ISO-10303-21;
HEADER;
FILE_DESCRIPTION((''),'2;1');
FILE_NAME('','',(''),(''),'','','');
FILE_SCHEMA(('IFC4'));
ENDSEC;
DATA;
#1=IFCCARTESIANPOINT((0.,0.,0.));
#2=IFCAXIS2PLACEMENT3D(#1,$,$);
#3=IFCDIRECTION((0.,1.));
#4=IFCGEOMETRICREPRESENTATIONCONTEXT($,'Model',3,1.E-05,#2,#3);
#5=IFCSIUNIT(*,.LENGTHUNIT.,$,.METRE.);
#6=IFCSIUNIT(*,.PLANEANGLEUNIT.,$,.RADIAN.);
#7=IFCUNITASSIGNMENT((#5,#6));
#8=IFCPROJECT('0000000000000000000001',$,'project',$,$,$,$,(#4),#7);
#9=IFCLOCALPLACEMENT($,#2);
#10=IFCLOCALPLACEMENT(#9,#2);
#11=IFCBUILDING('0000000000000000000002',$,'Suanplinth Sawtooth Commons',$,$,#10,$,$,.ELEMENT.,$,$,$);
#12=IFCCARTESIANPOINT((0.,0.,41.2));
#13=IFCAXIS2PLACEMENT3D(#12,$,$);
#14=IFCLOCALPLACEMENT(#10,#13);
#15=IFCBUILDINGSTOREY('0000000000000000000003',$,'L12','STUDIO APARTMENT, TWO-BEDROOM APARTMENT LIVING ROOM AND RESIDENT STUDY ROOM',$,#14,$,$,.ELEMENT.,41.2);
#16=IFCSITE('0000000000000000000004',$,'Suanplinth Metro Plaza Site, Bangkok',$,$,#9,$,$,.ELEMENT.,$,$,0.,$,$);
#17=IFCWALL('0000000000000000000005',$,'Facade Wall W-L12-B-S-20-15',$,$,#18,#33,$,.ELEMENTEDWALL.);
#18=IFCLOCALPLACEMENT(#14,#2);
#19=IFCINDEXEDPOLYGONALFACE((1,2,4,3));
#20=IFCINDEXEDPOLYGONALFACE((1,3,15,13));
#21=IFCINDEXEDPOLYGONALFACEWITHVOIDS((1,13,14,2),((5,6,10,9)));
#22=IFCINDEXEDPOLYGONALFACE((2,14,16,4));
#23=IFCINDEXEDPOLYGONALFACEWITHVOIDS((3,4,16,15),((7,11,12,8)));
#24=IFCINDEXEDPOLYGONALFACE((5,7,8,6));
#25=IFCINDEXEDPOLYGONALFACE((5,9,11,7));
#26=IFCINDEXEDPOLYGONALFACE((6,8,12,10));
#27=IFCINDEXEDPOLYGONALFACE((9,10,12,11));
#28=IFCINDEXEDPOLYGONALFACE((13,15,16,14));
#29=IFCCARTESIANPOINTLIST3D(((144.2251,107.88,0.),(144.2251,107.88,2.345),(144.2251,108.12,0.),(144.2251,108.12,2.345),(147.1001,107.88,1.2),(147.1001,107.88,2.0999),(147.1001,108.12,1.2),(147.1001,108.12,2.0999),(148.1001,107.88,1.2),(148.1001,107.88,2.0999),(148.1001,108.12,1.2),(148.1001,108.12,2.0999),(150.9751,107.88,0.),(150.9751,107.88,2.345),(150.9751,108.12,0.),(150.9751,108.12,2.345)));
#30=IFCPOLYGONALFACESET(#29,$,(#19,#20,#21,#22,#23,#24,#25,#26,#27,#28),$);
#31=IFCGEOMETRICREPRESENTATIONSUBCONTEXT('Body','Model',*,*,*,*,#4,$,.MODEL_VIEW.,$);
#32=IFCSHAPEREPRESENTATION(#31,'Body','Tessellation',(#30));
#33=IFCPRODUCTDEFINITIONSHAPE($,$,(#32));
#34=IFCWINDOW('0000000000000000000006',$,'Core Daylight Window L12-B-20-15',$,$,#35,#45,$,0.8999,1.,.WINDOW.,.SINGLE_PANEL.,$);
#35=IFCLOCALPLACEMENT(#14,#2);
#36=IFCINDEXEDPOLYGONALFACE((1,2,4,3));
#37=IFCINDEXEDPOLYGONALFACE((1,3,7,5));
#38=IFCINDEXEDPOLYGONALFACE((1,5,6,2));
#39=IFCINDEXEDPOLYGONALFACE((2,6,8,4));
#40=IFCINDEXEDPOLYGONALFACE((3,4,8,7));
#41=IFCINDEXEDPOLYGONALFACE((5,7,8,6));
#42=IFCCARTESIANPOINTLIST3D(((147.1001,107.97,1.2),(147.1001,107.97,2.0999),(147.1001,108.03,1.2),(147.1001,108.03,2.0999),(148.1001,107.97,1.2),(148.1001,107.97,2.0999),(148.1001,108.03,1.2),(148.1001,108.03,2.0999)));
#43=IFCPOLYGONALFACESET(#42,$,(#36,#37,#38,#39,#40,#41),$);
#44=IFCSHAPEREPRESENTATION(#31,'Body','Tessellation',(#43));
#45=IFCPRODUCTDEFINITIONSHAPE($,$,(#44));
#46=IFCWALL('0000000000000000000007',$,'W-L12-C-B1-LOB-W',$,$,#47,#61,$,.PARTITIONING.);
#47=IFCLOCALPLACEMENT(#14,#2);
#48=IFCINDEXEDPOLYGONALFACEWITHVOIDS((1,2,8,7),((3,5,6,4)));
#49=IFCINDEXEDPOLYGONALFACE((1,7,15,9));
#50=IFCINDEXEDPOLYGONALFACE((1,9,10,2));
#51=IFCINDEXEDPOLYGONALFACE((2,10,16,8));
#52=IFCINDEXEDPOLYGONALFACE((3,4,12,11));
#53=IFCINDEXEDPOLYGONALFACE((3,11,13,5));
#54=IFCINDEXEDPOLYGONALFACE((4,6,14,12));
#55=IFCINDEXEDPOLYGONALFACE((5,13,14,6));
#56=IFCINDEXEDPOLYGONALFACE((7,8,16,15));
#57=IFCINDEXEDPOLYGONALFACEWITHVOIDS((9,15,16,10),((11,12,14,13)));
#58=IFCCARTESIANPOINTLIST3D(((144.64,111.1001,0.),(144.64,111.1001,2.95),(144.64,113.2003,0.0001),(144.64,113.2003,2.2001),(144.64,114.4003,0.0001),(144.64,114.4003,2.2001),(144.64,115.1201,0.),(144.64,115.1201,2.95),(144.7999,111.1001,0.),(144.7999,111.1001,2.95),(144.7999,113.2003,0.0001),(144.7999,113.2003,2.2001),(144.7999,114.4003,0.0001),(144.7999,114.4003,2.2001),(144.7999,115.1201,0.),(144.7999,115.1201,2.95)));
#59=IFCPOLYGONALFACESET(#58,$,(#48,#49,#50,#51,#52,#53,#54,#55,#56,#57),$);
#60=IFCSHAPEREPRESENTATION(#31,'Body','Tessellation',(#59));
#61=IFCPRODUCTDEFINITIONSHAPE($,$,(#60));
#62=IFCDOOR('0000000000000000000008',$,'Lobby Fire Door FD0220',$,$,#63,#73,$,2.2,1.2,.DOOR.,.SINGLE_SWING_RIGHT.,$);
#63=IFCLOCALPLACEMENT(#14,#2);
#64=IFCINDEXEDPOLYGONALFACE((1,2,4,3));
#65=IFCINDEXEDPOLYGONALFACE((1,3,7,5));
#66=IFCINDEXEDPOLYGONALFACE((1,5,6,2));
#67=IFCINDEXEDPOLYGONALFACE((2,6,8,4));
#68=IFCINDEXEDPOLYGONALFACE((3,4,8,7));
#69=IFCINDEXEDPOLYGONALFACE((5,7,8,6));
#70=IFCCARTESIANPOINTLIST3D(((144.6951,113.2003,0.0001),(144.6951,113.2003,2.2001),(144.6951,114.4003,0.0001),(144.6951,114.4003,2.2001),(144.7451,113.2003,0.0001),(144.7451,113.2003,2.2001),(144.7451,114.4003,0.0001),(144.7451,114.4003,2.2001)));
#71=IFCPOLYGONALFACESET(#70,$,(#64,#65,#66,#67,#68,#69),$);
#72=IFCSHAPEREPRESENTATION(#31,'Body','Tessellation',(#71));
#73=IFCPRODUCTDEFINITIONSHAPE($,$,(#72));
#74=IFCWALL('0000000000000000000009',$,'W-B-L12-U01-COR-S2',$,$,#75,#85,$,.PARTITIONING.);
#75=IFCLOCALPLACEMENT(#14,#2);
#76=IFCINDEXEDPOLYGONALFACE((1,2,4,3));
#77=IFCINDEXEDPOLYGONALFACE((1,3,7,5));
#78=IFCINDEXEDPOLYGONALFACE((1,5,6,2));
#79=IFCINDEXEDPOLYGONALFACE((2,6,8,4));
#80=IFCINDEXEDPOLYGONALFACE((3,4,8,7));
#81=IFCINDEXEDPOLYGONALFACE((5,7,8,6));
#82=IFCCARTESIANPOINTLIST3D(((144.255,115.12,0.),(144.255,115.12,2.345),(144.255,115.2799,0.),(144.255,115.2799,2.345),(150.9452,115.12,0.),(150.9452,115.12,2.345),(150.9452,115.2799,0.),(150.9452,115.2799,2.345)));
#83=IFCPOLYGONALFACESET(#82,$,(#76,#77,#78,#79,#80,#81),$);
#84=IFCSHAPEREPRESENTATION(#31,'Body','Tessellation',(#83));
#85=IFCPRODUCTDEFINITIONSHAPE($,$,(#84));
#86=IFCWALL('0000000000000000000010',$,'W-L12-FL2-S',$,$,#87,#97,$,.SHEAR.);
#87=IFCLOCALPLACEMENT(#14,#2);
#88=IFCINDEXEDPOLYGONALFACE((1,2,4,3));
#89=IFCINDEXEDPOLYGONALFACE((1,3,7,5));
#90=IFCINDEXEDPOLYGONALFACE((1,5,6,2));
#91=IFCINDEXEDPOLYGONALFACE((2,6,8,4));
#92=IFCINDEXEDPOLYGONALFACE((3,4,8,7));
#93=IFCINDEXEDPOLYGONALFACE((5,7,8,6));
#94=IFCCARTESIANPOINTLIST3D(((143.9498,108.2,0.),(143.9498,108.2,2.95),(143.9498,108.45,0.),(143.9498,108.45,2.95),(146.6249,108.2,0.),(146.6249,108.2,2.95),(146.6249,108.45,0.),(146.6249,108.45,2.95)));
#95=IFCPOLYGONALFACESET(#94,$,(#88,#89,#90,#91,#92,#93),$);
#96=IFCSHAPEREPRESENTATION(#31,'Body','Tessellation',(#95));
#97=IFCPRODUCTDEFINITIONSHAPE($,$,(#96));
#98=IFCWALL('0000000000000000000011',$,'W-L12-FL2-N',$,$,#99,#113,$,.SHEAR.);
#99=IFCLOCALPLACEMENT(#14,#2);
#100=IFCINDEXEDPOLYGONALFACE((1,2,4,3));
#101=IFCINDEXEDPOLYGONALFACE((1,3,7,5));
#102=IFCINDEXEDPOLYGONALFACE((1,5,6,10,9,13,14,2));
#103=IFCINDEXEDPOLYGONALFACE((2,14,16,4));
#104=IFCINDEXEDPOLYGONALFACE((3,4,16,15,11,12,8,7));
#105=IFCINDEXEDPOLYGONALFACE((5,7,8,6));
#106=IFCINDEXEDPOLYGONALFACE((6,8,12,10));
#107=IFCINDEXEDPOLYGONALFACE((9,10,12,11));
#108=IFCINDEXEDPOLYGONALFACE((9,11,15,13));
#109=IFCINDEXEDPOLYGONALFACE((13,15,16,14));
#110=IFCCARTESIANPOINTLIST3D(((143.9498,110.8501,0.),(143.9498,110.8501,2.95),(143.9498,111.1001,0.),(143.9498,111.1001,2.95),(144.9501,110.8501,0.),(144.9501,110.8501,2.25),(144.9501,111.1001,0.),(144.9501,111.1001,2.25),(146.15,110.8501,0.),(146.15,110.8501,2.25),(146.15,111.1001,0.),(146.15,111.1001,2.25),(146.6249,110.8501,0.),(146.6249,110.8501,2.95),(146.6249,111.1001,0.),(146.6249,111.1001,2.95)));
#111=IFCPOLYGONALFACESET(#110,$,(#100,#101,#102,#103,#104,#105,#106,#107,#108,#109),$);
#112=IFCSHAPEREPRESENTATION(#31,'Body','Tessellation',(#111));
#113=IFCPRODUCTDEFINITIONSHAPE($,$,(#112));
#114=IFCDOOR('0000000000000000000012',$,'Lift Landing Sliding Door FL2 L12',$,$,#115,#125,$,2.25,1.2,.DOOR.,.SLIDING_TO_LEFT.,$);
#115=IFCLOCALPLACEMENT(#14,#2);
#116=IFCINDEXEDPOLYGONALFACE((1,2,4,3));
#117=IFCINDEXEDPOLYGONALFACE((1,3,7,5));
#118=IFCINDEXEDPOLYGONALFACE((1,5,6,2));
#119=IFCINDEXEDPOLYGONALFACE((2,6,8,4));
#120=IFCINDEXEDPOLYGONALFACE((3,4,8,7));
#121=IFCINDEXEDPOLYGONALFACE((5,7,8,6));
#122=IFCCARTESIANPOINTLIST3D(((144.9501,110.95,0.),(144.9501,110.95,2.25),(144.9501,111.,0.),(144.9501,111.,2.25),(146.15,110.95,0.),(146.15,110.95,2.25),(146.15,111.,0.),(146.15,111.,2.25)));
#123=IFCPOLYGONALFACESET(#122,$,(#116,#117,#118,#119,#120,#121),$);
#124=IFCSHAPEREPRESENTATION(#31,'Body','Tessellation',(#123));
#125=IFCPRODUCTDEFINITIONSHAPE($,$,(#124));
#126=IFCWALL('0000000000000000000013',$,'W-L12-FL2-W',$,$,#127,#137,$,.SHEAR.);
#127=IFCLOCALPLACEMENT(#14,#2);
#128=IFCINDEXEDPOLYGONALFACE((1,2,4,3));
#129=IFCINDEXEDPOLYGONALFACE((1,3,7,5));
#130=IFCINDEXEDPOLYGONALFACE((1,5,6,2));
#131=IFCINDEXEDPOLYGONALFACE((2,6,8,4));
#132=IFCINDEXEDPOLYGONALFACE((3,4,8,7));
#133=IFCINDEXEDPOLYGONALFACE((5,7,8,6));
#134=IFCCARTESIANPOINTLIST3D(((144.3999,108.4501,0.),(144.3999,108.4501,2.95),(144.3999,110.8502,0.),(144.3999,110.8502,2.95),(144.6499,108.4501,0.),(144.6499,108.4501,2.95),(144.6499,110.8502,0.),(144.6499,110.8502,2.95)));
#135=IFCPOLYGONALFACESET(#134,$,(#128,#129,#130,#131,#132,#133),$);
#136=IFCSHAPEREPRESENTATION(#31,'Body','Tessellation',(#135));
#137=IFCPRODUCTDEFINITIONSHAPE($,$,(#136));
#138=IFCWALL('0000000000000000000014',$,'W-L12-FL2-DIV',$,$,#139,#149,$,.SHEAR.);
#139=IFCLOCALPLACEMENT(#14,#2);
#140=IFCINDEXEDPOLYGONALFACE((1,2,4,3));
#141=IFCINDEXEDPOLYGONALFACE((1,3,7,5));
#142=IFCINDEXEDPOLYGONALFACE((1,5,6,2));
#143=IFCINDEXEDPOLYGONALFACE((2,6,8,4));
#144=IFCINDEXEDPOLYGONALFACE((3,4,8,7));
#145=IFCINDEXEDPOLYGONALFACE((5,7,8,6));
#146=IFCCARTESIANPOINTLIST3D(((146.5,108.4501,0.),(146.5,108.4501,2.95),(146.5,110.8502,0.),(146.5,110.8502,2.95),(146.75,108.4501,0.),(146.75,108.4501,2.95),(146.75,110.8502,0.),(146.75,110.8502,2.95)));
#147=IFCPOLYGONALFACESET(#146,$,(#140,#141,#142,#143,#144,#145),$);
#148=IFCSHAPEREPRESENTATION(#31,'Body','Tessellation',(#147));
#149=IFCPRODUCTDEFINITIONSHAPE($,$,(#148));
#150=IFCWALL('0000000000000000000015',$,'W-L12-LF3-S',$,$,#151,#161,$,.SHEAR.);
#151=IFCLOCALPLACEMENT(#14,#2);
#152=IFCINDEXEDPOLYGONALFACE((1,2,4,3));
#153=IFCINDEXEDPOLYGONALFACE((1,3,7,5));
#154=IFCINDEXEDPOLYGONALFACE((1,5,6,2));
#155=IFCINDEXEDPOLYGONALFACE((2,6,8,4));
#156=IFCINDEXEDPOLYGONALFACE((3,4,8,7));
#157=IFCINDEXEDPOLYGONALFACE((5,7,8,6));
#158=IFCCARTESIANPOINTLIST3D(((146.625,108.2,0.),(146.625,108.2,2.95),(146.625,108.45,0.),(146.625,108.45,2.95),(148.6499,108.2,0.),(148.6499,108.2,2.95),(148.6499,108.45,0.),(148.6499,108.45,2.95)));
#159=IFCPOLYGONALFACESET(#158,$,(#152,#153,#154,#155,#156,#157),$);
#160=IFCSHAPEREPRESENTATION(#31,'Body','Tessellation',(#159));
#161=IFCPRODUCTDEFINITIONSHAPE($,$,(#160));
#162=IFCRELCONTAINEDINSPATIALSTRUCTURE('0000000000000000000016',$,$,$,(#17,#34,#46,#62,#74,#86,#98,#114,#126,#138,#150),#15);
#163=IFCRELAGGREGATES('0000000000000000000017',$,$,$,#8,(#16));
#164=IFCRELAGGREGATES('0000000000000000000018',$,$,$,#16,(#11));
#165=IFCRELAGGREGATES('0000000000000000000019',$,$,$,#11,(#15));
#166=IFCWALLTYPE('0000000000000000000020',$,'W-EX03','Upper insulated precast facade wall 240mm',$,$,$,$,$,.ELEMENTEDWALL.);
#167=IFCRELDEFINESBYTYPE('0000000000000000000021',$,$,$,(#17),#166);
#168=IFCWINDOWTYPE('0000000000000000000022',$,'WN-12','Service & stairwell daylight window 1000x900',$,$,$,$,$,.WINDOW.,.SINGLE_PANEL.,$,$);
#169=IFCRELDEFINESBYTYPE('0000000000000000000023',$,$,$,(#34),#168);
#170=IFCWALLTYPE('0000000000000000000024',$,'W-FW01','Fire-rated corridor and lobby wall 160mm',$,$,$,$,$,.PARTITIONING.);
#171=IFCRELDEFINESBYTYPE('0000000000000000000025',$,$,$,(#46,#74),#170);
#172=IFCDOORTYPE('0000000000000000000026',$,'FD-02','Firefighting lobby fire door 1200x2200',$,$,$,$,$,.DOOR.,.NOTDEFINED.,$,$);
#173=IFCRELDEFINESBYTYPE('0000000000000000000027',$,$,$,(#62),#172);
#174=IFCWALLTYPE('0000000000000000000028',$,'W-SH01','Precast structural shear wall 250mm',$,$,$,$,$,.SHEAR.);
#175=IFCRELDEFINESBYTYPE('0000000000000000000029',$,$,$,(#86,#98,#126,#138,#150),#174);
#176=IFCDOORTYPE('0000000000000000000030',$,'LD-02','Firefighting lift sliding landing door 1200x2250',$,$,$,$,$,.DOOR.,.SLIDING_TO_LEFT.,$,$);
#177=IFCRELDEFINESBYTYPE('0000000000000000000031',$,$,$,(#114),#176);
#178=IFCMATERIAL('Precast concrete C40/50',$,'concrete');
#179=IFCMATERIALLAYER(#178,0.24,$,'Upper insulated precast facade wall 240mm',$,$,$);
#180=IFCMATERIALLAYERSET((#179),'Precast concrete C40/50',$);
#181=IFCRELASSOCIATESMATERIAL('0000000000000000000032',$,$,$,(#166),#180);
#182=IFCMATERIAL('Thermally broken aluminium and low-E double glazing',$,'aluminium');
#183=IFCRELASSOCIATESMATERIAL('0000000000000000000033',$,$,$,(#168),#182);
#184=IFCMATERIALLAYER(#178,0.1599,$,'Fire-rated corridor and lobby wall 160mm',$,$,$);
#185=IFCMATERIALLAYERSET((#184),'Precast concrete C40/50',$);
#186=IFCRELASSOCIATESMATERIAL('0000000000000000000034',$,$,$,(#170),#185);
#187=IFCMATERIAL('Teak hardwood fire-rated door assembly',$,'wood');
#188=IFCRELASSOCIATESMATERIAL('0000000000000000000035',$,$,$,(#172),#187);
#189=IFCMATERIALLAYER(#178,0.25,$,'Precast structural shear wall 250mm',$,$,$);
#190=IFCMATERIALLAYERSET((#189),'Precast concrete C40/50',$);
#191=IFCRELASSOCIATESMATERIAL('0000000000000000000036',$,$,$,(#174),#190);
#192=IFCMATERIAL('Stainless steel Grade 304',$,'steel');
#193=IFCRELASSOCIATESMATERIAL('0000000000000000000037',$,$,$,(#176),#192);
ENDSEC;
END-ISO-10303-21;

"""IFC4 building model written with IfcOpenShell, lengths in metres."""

from ifc_helpers import new_model, si_unit, direction, frame, frame_2d, origin, place, context, subcontext, project, spatial, rectangle, extrude, material, layer, layer_set, type_object, element, fill, save


model = new_model("IFC4")

# Units and contexts
model_context = context("Model", 3, precision=1e-05, world=origin(), true_north=direction((0.0, 1.0)))
body_context = subcontext(model_context, "Body", "Model", "MODEL_VIEW")
ifc_project = project(units=[si_unit("LENGTHUNIT", "METRE"), si_unit("PLANEANGLEUNIT", "RADIAN")], contexts=[model_context])

# Site, building, storey
site_placement = place(None, origin())
site = spatial("IfcSite", under=ifc_project, at=site_placement, Name="Suanplinth Metro Plaza Site, Bangkok", CompositionType="ELEMENT", RefElevation=0.0)
building_placement = place(site_placement, origin())
building = spatial("IfcBuilding", under=site, at=building_placement, Name="Suanplinth Sawtooth Commons", CompositionType="ELEMENT")
storey_placement = place(building_placement, frame((0.0, 0.0, 41.2)))
storey = spatial("IfcBuildingStorey", under=building, at=storey_placement, Name="L12", Description="STUDIO APARTMENT, TWO-BEDROOM APARTMENT LIVING ROOM AND RESIDENT STUDY ROOM", CompositionType="ELEMENT", Elevation=41.2)

# Shared definitions
ifc_material_1 = material(Name="Precast concrete C40/50", Category="concrete")

# Wall, opening, window
ifc_layer_1 = layer(ifc_material_1, 0.24, Name="Upper insulated precast facade wall 240mm")
ifc_layer_set_1 = layer_set([ifc_layer_1], Name="Precast concrete C40/50")
wall_type_1 = type_object("IfcWallType", Name="W-EX03", Description="Upper insulated precast facade wall 240mm", PredefinedType="ELEMENTEDWALL", material=ifc_layer_set_1)
wall_1_placement = place(storey_placement, frame((144.2251, 108.0, 0.0), z_axis=(0.0, 0.0, 1.0), x_axis=(1.0, 0.0, 0.0)))
wall_1 = element("IfcWall", 1, at=wall_1_placement, inside=storey, type_object=wall_type_1, Name="Facade Wall W-L12-B-S-20-15", PredefinedType="ELEMENTEDWALL", context=body_context, shape_type="SweptSolid", body=[
    extrude(rectangle(XDim=6.75, YDim=0.24, at=frame_2d((3.375, 0.0))), origin(), (0.0, 0.0, 1.0), 2.345),
])
opening_1_placement = place(wall_1_placement, frame((2.875, 0.0, 1.2)))
opening_1 = element("IfcOpeningElement", 2, at=opening_1_placement, cuts=wall_1, PredefinedType="OPENING", context=body_context, shape_type="SweptSolid", body=[
    extrude(rectangle(XDim=1.0, YDim=0.8999, at=frame_2d((0.5, 0.45))), frame((0.0, 0.1348, 0.0), z_axis=(0.0, -1.0, 0.0), x_axis=(1.0, 0.0, 0.0)), (0.0, 0.0, 1.0), 0.2698),
])
ifc_material_2 = material(Name="Thermally broken aluminium and low-E double glazing", Category="aluminium")
window_type = type_object("IfcWindowType", Name="WN-12", Description="Service & stairwell daylight window 1000x900", PartitioningType="SINGLE_PANEL", PredefinedType="WINDOW", material=ifc_material_2)
window_placement = place(opening_1_placement, origin())
window = element("IfcWindow", 3, at=window_placement, inside=storey, type_object=window_type, Name="Core Daylight Window L12-B-20-15", OverallHeight=0.8999, OverallWidth=1.0, PartitioningType="SINGLE_PANEL", PredefinedType="WINDOW", context=body_context, shape_type="SweptSolid", body=[
    extrude(rectangle(XDim=1.0, YDim=0.8999, at=frame_2d((0.5, 0.45))), frame((0.0, 0.03, 0.0), z_axis=(0.0, -1.0, 0.0), x_axis=(1.0, 0.0, 0.0)), (0.0, 0.0, 1.0), 0.0601),
])
fill(opening_1, window)

# Wall, opening, door
ifc_layer_2 = layer(ifc_material_1, 0.1599, Name="Fire-rated corridor and lobby wall 160mm")
ifc_layer_set_2 = layer_set([ifc_layer_2], Name="Precast concrete C40/50")
wall_type_2 = type_object("IfcWallType", Name="W-FW01", Description="Fire-rated corridor and lobby wall 160mm", PredefinedType="PARTITIONING", material=ifc_layer_set_2)
wall_2_placement = place(storey_placement, frame((144.72, 111.1001, 0.0), z_axis=(0.0, 0.0, 1.0), x_axis=(0.0, 1.0, 0.0)))
wall_2 = element("IfcWall", 4, at=wall_2_placement, inside=storey, type_object=wall_type_2, Name="W-L12-C-B1-LOB-W", PredefinedType="PARTITIONING", context=body_context, shape_type="SweptSolid", body=[
    extrude(rectangle(XDim=4.02, YDim=0.1599, at=frame_2d((2.01, 0.0))), origin(), (0.0, 0.0, 1.0), 2.95),
])
opening_2_placement = place(wall_2_placement, frame((2.1001, 0.0, 0.0)))
opening_2 = element("IfcOpeningElement", 5, at=opening_2_placement, cuts=wall_2, PredefinedType="OPENING", context=body_context, shape_type="SweptSolid", body=[
    extrude(rectangle(XDim=1.2, YDim=2.2, at=frame_2d((0.6001, 1.1001))), frame((0.0, 0.0947, 0.0), z_axis=(0.0, -1.0, 0.0), x_axis=(1.0, 0.0, 0.0)), (0.0, 0.0, 1.0), 0.1897),
])
ifc_material_3 = material(Name="Teak hardwood fire-rated door assembly", Category="wood")
door_type_1 = type_object("IfcDoorType", Name="FD-02", Description="Firefighting lobby fire door 1200x2200", OperationType="NOTDEFINED", PredefinedType="DOOR", material=ifc_material_3)
door_1_placement = place(opening_2_placement, origin())
door_1 = element("IfcDoor", 6, at=door_1_placement, inside=storey, type_object=door_type_1, Name="Lobby Fire Door FD0220", OperationType="SINGLE_SWING_RIGHT", OverallHeight=2.2, OverallWidth=1.2, PredefinedType="DOOR", context=body_context, shape_type="SweptSolid", body=[
    extrude(rectangle(XDim=1.2, YDim=2.2, at=frame_2d((0.6001, 1.1001))), frame((0.0, 0.0249, 0.0), z_axis=(0.0, -1.0, 0.0), x_axis=(1.0, 0.0, 0.0)), (0.0, 0.0, 1.0), 0.05),
])
fill(opening_2, door_1)

# Walls
wall_3_placement = place(storey_placement, frame((144.2549, 115.2, 0.0), z_axis=(0.0, 0.0, 1.0), x_axis=(1.0, 0.0, 0.0)))
element("IfcWall", 7, at=wall_3_placement, inside=storey, type_object=wall_type_2, Name="W-B-L12-U01-COR-S2", PredefinedType="PARTITIONING", context=body_context, shape_type="SweptSolid", body=[
    extrude(rectangle(XDim=6.6902, YDim=0.1599, at=frame_2d((3.3452, 0.0))), origin(), (0.0, 0.0, 1.0), 2.345),
])
ifc_layer_3 = layer(ifc_material_1, 0.25, Name="Precast structural shear wall 250mm")
ifc_layer_set_3 = layer_set([ifc_layer_3], Name="Precast concrete C40/50")
wall_type_3 = type_object("IfcWallType", Name="W-SH01", Description="Precast structural shear wall 250mm", PredefinedType="SHEAR", material=ifc_layer_set_3)
wall_4_placement = place(storey_placement, frame((143.95, 108.325, 0.0), z_axis=(0.0, 0.0, 1.0), x_axis=(1.0, 0.0, 0.0)))
element("IfcWall", 8, at=wall_4_placement, inside=storey, type_object=wall_type_3, Name="W-L12-FL2-S", PredefinedType="SHEAR", context=body_context, shape_type="SweptSolid", body=[
    extrude(rectangle(XDim=2.675, YDim=0.25, at=frame_2d((1.3374, 0.0))), origin(), (0.0, 0.0, 1.0), 2.95),
])

# Wall, opening, door
wall_5_placement = place(storey_placement, frame((143.95, 110.9751, 0.0), z_axis=(0.0, 0.0, 1.0), x_axis=(1.0, 0.0, 0.0)))
wall_5 = element("IfcWall", 9, at=wall_5_placement, inside=storey, type_object=wall_type_3, Name="W-L12-FL2-N", PredefinedType="SHEAR", context=body_context, shape_type="SweptSolid", body=[
    extrude(rectangle(XDim=2.675, YDim=0.25, at=frame_2d((1.3374, 0.0))), origin(), (0.0, 0.0, 1.0), 2.95),
])
opening_3_placement = place(wall_5_placement, frame((1.0, 0.0, 0.0)))
opening_3 = element("IfcOpeningElement", 10, at=opening_3_placement, cuts=wall_5, PredefinedType="OPENING", context=body_context, shape_type="SweptSolid", body=[
    extrude(rectangle(XDim=1.2, YDim=2.25, at=frame_2d((0.6001, 1.125))), frame((0.0, 0.1399, 0.0), z_axis=(0.0, -1.0, 0.0), x_axis=(1.0, 0.0, 0.0)), (0.0, 0.0, 1.0), 0.2798),
])
ifc_material_4 = material(Name="Stainless steel Grade 304", Category="steel")
door_type_2 = type_object("IfcDoorType", Name="LD-02", Description="Firefighting lift sliding landing door 1200x2250", OperationType="SLIDING_TO_LEFT", PredefinedType="DOOR", material=ifc_material_4)
door_2_placement = place(opening_3_placement, origin())
door_2 = element("IfcDoor", 11, at=door_2_placement, inside=storey, type_object=door_type_2, Name="Lift Landing Sliding Door FL2 L12", OperationType="SLIDING_TO_LEFT", OverallHeight=2.25, OverallWidth=1.2, PredefinedType="DOOR", context=body_context, shape_type="SweptSolid", body=[
    extrude(rectangle(XDim=1.2, YDim=2.25, at=frame_2d((0.6001, 1.125))), frame((0.0, 0.0249, 0.0), z_axis=(0.0, -1.0, 0.0), x_axis=(1.0, 0.0, 0.0)), (0.0, 0.0, 1.0), 0.05),
])
fill(opening_3, door_2)

# Walls
for number, where, z_axis, x_axis, name in (
    (12, (144.5249, 108.45, 0.0), (0.0, 0.0, 1.0), (0.0, 1.0, 0.0), "W-L12-FL2-W"),
    (13, (146.625, 108.45, 0.0), (0.0, 0.0, 1.0), (0.0, 1.0, 0.0), "W-L12-FL2-DIV"),
):
    element("IfcWall", number, at=place(storey_placement, frame(where, z_axis=z_axis, x_axis=x_axis)), inside=storey, type_object=wall_type_3, Name=name, PredefinedType="SHEAR", context=body_context, shape_type="SweptSolid", body=[
        extrude(rectangle(XDim=2.4001, YDim=0.25, at=frame_2d((1.2002, 0.0))), origin(), (0.0, 0.0, 1.0), 2.95),
    ])
wall_6_placement = place(storey_placement, frame((146.625, 108.325, 0.0), z_axis=(0.0, 0.0, 1.0), x_axis=(1.0, 0.0, 0.0)))
element("IfcWall", 14, at=wall_6_placement, inside=storey, type_object=wall_type_3, Name="W-L12-LF3-S", PredefinedType="SHEAR", context=body_context, shape_type="SweptSolid", body=[
    extrude(rectangle(XDim=2.0249, YDim=0.25, at=frame_2d((1.0125, 0.0))), origin(), (0.0, 0.0, 1.0), 2.95),
])

save(model, "model.ifc")
